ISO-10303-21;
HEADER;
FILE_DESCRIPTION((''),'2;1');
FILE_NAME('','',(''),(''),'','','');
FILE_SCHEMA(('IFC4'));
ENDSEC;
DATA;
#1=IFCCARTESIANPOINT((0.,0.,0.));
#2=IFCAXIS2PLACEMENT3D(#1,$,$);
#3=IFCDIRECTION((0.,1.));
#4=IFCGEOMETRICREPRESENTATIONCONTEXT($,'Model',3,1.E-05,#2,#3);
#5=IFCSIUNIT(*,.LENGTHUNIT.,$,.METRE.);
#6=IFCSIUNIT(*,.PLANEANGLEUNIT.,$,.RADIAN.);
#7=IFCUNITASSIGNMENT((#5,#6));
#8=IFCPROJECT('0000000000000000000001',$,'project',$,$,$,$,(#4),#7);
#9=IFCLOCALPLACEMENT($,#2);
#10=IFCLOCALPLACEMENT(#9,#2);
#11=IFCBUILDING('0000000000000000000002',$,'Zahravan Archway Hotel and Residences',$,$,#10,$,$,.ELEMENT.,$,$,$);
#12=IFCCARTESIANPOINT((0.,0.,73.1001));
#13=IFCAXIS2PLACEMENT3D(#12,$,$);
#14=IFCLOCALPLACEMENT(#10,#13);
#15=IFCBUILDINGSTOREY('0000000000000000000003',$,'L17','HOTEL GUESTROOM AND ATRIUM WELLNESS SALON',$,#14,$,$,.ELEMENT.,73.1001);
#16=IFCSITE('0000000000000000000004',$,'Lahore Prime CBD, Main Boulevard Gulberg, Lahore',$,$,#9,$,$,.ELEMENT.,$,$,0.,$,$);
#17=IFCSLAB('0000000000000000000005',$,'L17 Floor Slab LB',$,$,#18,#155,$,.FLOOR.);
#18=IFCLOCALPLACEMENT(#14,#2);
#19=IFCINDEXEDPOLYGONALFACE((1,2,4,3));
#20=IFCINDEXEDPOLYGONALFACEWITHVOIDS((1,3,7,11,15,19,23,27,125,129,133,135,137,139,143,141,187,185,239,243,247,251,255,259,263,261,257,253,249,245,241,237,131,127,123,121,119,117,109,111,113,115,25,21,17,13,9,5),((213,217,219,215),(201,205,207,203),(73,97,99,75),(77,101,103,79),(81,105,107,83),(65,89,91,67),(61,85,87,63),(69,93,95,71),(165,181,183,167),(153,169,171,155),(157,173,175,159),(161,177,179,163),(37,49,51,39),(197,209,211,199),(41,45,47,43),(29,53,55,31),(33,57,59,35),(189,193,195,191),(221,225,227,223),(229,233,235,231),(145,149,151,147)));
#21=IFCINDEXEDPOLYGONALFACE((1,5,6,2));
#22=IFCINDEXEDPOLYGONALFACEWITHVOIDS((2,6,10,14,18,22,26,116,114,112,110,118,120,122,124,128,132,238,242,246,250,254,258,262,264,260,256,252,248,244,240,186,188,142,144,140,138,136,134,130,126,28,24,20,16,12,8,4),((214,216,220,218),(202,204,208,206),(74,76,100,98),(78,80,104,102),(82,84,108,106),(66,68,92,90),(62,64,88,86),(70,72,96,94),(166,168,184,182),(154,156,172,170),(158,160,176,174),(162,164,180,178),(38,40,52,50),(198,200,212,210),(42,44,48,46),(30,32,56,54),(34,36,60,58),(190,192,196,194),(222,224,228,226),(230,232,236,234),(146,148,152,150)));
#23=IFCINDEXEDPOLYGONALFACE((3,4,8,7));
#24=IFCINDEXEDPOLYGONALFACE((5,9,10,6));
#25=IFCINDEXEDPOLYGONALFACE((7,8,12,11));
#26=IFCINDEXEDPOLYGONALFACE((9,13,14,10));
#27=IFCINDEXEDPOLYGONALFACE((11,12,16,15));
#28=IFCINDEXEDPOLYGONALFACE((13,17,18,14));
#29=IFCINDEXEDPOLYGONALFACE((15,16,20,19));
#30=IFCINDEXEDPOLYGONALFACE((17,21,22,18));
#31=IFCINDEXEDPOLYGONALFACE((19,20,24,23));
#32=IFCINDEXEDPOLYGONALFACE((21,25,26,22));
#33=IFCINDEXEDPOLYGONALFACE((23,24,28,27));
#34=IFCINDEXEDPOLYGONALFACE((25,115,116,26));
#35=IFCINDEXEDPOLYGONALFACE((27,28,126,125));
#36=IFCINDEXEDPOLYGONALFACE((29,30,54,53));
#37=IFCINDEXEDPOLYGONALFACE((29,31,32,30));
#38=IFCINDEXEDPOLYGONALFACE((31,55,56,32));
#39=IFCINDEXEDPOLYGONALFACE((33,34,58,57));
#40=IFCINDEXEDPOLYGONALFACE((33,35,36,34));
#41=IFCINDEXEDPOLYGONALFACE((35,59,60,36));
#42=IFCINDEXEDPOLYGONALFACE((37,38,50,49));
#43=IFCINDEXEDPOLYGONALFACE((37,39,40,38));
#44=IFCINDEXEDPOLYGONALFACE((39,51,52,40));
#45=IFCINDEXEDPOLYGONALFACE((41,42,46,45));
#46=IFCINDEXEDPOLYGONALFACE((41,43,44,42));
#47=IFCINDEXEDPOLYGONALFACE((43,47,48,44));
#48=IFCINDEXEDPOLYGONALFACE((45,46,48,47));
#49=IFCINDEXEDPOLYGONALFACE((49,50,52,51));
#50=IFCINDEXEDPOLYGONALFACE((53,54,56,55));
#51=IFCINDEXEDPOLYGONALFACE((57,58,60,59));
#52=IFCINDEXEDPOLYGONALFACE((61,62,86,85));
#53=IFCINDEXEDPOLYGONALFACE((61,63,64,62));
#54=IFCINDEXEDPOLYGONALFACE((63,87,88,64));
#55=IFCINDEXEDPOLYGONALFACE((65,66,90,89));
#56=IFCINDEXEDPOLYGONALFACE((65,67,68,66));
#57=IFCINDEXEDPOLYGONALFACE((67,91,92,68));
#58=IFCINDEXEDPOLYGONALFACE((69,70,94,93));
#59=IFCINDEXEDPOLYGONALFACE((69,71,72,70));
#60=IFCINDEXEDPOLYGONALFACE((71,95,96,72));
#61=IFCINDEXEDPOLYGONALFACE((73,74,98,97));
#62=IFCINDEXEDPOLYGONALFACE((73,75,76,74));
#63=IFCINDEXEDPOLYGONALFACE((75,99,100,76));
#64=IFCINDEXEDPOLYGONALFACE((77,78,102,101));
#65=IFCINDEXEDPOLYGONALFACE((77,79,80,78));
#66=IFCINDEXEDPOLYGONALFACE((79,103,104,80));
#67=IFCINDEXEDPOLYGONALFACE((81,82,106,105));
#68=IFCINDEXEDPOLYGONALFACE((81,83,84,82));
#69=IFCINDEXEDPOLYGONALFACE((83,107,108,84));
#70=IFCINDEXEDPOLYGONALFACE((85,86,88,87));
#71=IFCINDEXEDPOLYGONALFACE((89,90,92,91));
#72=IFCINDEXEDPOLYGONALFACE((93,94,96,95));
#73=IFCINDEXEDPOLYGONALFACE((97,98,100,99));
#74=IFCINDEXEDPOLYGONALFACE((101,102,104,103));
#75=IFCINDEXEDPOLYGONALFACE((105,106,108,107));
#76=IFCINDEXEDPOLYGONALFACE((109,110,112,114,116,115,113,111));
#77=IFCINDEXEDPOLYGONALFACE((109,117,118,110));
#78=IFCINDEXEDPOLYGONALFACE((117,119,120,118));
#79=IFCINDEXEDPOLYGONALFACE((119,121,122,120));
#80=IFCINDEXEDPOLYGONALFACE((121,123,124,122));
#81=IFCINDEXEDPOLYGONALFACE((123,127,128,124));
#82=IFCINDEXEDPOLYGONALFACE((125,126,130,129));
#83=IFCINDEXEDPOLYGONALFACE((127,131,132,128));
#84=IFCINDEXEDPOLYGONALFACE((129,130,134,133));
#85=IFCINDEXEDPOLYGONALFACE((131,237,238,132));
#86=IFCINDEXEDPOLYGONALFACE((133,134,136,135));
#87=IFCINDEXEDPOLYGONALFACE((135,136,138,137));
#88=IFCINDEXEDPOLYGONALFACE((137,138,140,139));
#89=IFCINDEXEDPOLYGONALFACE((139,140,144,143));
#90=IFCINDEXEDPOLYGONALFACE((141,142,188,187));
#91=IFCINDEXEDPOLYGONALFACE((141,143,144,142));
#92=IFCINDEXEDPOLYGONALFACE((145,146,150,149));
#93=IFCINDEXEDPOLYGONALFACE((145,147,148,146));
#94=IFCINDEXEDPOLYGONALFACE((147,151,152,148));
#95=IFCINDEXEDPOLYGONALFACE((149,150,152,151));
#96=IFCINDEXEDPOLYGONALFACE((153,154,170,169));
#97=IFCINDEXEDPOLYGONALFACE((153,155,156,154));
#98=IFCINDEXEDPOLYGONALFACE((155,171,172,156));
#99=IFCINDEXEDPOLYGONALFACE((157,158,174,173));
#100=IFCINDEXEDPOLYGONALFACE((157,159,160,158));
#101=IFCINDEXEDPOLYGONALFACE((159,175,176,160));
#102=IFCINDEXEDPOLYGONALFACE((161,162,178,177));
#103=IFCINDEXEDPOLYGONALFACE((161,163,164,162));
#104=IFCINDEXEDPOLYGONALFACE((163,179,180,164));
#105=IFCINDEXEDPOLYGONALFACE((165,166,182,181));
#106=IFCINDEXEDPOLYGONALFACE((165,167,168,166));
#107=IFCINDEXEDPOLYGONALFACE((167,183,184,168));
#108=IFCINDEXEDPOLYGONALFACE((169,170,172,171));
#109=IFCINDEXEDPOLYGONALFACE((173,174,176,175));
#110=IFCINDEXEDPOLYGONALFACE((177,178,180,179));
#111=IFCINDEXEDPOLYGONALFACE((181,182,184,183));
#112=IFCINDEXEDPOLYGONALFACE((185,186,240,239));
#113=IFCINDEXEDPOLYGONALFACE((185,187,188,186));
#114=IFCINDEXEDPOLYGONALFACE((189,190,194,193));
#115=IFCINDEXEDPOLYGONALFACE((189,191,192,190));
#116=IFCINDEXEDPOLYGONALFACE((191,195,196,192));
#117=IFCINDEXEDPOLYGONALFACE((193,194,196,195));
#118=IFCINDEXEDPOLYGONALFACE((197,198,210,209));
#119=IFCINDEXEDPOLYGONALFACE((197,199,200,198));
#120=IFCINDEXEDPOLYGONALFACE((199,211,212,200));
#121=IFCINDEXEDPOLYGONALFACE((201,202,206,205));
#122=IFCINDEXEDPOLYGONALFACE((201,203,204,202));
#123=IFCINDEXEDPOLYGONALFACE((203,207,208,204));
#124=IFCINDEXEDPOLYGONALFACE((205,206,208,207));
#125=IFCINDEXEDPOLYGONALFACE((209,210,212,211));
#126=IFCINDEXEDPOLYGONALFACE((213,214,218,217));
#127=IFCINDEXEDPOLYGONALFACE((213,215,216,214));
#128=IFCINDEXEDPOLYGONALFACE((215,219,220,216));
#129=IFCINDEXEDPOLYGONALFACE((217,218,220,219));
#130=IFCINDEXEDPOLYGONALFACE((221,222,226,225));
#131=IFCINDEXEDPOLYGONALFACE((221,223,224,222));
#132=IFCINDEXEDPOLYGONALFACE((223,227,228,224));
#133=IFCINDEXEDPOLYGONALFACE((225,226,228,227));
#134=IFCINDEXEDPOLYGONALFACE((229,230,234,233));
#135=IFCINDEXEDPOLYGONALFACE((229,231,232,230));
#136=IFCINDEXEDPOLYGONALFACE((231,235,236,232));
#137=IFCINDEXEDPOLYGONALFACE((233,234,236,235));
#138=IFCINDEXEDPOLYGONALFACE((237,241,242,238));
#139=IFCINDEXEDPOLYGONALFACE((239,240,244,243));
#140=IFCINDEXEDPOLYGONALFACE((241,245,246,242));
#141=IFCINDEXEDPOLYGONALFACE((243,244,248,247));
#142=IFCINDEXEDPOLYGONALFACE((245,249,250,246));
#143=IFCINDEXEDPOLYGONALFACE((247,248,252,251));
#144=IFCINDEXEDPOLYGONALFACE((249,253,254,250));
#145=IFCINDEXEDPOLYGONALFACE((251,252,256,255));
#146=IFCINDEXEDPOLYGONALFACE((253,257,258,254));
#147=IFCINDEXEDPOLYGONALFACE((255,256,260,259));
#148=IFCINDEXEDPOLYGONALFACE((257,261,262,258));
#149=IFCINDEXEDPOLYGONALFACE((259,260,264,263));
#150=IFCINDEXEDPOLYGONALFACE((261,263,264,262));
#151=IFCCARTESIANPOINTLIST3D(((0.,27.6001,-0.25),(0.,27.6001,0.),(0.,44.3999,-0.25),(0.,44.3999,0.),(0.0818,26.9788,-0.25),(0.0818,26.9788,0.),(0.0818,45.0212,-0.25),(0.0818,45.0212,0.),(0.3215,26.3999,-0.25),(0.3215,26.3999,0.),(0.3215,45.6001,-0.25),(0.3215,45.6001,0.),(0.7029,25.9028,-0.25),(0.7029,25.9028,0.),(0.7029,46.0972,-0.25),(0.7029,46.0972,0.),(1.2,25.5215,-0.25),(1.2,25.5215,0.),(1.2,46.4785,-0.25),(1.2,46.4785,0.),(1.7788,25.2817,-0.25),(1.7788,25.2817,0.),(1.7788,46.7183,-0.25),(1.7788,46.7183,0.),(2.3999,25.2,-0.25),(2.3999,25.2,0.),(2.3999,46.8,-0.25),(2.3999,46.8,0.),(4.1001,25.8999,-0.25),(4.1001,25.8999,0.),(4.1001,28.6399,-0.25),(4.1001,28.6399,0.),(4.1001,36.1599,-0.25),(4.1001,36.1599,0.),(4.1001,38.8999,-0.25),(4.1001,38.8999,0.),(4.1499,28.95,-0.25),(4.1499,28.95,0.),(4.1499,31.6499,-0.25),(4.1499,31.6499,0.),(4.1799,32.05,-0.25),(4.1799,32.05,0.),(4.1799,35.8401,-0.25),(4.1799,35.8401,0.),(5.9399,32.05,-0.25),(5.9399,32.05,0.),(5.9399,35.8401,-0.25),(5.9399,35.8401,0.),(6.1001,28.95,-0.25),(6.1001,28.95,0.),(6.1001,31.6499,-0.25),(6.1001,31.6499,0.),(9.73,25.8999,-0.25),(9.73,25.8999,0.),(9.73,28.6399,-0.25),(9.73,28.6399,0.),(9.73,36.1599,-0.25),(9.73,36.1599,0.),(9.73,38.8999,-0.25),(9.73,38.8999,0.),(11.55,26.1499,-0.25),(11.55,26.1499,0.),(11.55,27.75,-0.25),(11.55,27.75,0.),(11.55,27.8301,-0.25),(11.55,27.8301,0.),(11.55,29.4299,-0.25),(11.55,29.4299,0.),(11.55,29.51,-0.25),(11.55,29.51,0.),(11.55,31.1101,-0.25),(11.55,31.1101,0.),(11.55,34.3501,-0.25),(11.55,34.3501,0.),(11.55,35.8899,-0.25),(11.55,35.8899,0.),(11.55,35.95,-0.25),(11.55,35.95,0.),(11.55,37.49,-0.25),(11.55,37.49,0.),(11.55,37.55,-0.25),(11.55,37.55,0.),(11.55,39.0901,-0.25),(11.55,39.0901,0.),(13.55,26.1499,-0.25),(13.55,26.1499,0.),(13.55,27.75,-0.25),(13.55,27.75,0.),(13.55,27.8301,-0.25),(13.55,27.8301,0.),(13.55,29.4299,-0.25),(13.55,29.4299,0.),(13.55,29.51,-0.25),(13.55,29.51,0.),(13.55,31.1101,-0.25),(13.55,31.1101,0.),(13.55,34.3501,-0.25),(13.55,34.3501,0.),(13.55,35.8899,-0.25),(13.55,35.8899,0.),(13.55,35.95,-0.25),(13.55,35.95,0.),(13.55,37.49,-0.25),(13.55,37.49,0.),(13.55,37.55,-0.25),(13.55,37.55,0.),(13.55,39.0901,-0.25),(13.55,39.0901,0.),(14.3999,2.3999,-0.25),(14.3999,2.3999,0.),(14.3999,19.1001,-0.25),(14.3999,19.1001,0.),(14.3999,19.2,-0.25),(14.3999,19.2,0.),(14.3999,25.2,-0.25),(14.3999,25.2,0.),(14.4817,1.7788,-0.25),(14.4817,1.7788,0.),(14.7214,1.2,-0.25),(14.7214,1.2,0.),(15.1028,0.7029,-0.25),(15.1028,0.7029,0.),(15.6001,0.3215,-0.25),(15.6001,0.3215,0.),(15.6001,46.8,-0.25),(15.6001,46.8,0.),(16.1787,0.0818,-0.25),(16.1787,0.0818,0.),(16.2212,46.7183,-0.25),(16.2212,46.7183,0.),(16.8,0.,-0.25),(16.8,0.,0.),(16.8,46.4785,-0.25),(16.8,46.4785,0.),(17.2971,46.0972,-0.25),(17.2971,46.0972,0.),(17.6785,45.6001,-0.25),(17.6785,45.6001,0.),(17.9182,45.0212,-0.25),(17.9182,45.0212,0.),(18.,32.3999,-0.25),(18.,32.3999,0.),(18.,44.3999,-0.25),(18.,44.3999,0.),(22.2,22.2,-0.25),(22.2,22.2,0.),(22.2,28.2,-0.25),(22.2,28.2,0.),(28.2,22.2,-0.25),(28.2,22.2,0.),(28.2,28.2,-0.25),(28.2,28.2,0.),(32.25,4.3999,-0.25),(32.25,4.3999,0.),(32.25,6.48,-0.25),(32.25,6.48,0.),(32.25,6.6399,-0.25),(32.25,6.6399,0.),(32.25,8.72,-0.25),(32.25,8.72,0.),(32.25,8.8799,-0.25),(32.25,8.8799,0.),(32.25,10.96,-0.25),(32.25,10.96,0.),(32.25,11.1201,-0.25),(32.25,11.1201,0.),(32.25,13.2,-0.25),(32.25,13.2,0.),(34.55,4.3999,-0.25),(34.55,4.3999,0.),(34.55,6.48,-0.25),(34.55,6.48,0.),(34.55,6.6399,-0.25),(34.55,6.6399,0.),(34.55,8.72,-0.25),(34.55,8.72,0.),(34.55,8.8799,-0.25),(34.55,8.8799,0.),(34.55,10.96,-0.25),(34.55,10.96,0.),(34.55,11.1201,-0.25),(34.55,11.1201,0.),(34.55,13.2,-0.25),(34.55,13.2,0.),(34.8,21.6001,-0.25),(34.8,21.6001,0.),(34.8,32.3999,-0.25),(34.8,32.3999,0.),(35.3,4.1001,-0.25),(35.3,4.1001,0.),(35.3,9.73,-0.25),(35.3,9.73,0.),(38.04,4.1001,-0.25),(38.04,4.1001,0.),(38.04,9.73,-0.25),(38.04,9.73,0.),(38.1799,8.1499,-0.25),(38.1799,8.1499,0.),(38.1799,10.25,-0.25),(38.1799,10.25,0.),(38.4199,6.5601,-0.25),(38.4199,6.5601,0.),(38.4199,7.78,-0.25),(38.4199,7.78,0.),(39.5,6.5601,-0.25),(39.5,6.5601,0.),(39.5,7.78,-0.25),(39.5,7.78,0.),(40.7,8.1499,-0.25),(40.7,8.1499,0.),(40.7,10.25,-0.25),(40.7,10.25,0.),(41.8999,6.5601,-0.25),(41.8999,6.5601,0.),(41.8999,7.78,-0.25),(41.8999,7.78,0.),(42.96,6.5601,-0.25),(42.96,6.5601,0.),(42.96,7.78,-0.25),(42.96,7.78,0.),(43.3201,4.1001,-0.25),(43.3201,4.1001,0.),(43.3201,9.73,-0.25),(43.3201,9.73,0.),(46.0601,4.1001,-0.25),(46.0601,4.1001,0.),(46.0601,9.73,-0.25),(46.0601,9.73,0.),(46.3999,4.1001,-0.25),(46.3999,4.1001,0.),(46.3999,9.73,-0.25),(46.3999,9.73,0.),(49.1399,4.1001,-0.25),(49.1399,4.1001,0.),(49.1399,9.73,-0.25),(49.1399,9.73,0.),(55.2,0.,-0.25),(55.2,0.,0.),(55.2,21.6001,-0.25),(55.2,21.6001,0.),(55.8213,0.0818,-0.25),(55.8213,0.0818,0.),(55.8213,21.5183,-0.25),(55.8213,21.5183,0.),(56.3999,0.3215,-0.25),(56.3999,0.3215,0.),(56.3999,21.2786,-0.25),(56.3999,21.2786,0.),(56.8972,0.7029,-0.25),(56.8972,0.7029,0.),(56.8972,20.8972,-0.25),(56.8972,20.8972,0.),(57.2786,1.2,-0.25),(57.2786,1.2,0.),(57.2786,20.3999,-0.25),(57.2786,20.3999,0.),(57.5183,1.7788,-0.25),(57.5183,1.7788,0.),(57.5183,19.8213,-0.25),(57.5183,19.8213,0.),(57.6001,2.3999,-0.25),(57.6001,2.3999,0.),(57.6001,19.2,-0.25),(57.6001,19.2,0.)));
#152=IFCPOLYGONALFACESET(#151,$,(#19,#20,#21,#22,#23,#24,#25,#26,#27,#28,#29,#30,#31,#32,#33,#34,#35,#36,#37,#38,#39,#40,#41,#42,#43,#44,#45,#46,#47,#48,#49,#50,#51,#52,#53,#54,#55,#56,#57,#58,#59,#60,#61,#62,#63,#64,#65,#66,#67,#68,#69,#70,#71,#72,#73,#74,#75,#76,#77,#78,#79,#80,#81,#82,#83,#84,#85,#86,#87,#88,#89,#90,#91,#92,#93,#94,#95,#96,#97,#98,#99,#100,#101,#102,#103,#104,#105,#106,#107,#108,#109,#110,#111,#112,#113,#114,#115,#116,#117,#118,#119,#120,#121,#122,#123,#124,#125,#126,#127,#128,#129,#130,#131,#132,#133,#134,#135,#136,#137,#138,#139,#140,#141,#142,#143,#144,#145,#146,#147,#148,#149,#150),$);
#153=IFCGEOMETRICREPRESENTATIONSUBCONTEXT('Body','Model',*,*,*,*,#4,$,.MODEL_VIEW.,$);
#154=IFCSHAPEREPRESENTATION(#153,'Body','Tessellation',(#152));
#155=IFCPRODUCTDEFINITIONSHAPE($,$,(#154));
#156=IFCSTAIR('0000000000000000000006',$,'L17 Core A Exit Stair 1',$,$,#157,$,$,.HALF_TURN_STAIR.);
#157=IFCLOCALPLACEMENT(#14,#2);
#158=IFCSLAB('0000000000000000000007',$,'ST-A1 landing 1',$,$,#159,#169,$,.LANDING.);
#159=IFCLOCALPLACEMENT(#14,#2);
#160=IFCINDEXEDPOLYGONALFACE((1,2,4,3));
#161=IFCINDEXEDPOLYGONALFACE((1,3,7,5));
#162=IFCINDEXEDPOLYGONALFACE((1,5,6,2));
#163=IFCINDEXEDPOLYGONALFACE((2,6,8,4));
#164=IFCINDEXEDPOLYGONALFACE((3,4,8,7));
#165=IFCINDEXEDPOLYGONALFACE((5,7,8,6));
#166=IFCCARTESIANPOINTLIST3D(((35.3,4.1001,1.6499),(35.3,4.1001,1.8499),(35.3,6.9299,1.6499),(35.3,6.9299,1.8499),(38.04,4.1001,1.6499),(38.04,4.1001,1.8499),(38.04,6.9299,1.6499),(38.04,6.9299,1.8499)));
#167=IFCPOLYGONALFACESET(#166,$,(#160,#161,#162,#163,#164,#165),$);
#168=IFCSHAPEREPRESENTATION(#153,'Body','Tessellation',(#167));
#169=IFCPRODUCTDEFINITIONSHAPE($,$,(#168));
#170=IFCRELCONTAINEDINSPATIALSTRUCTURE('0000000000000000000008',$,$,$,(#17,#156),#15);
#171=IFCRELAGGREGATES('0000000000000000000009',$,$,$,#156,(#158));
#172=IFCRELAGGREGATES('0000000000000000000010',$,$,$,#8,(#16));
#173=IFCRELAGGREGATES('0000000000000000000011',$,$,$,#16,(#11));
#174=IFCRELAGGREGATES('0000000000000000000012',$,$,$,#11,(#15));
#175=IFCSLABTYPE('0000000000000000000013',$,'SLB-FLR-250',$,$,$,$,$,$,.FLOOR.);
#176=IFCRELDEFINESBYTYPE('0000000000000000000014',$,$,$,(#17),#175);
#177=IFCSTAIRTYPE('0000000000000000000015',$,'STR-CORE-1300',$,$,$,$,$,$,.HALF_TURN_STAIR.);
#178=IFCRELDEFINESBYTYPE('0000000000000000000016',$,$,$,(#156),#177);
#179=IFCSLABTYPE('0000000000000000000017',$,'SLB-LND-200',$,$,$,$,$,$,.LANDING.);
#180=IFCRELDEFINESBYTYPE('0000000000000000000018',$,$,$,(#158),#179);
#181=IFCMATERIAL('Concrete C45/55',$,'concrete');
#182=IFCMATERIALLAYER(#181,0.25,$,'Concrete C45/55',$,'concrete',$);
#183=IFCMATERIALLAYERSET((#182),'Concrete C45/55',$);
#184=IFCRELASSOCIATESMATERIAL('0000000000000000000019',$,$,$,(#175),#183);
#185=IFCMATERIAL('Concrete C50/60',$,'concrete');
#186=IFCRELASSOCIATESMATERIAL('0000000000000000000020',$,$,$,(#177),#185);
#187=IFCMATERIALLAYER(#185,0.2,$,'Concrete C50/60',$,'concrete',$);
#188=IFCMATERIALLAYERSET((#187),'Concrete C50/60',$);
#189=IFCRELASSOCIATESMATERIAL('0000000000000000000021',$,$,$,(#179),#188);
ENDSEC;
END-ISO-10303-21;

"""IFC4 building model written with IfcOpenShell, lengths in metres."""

from ifc_helpers import new_model, si_unit, direction, frame, origin, place, context, subcontext, project, spatial, polyline, outline, extrude, material, layer, layer_set, type_object, element, aggregate, save


model = new_model("IFC4")

# Units and contexts
model_context = context("Model", 3, precision=1e-05, world=origin(), true_north=direction((0.0, 1.0)))
body_context = subcontext(model_context, "Body", "Model", "MODEL_VIEW")
ifc_project = project(units=[si_unit("LENGTHUNIT", "METRE"), si_unit("PLANEANGLEUNIT", "RADIAN")], contexts=[model_context])

# Site, building, storey
site_placement = place(None, origin())
site = spatial("IfcSite", under=ifc_project, at=site_placement, Name="Lahore Prime CBD, Main Boulevard Gulberg, Lahore", CompositionType="ELEMENT", RefElevation=0.0)
building_placement = place(site_placement, origin())
building = spatial("IfcBuilding", under=site, at=building_placement, Name="Zahravan Archway Hotel and Residences", CompositionType="ELEMENT")
storey_placement = place(building_placement, frame((0.0, 0.0, 73.1001)))
storey = spatial("IfcBuildingStorey", under=building, at=storey_placement, Name="L17", Description="HOTEL GUESTROOM AND ATRIUM WELLNESS SALON", CompositionType="ELEMENT", Elevation=73.1001)

# Slab
ifc_material_1 = material(Name="Concrete C45/55", Category="concrete")
ifc_layer_1 = layer(ifc_material_1, 0.25, Name="Concrete C45/55", Category="concrete")
ifc_layer_set_1 = layer_set([ifc_layer_1], Name="Concrete C45/55")
slab_type_1 = type_object("IfcSlabType", Name="SLB-FLR-250", PredefinedType="FLOOR", material=ifc_layer_set_1)
slab_1_placement = place(storey_placement, frame((0.0, 0.0, -0.25)))
element("IfcSlab", 1, at=slab_1_placement, inside=storey, type_object=slab_type_1, Name="L17 Floor Slab LB", PredefinedType="FLOOR", context=body_context, shape_type="SweptSolid", body=[
    extrude(outline(polyline([(34.8, 21.6001), (34.8, 32.3999), (18.0, 32.3999), (18.0, 44.3999), (17.9182, 45.0212), (17.6785, 45.6001), (17.2971, 46.0972), (16.8, 46.4785), (16.2212, 46.7183), (15.6001, 46.8), (2.3999, 46.8), (1.7788, 46.7183), (1.2, 46.4785), (0.7029, 46.0972), (0.3215, 45.6001), (0.0818, 45.0212), (0.0, 44.3999), (0.0, 27.6001), (0.0818, 26.9788), (0.3215, 26.3999), (0.7029, 25.9028), (1.2, 25.5215), (1.7788, 25.2817), (2.3999, 25.2), (14.3999, 25.2), (14.3999, 19.2), (14.3999, 19.1001), (14.3999, 2.3999), (14.4817, 1.7788), (14.7214, 1.2), (15.1028, 0.7029), (15.6001, 0.3215), (16.1787, 0.0818), (16.8, 0.0), (55.2, 0.0), (55.8213, 0.0818), (56.3999, 0.3215), (56.8972, 0.7029), (57.2786, 1.2), (57.5183, 1.7788), (57.6001, 2.3999), (57.6001, 19.2), (57.5183, 19.8213), (57.2786, 20.3999), (56.8972, 20.8972), (56.3999, 21.2786), (55.8213, 21.5183), (55.2, 21.6001), (34.8, 21.6001)]), holes=[polyline([(35.3, 9.73), (35.3, 4.1001), (38.04, 4.1001), (38.04, 9.73), (35.3, 9.73)]), polyline([(43.3201, 9.73), (43.3201, 4.1001), (46.0601, 4.1001), (46.0601, 9.73), (43.3201, 9.73)]), polyline([(46.3999, 9.73), (46.3999, 4.1001), (49.1399, 4.1001), (49.1399, 9.73), (46.3999, 9.73)]), polyline([(9.73, 28.6399), (4.1001, 28.6399), (4.1001, 25.8999), (9.73, 25.8999), (9.73, 28.6399)]), polyline([(9.73, 38.8999), (4.1001, 38.8999), (4.1001, 36.1599), (9.73, 36.1599), (9.73, 38.8999)]), polyline([(38.1799, 8.1499), (40.7, 8.1499), (40.7, 10.25), (38.1799, 10.25), (38.1799, 8.1499)]), polyline([(4.1499, 28.95), (6.1001, 28.95), (6.1001, 31.6499), (4.1499, 31.6499), (4.1499, 28.95)]), polyline([(11.55, 26.1499), (13.55, 26.1499), (13.55, 27.75), (11.55, 27.75), (11.55, 26.1499)]), polyline([(11.55, 27.8301), (13.55, 27.8301), (13.55, 29.4299), (11.55, 29.4299), (11.55, 27.8301)]), polyline([(11.55, 29.51), (13.55, 29.51), (13.55, 31.1101), (11.55, 31.1101), (11.55, 29.51)]), polyline([(11.55, 34.3501), (13.55, 34.3501), (13.55, 35.8899), (11.55, 35.8899), (11.55, 34.3501)]), polyline([(11.55, 35.95), (13.55, 35.95), (13.55, 37.49), (11.55, 37.49), (11.55, 35.95)]), polyline([(11.55, 37.55), (13.55, 37.55), (13.55, 39.0901), (11.55, 39.0901), (11.55, 37.55)]), polyline([(32.25, 4.3999), (34.55, 4.3999), (34.55, 6.48), (32.25, 6.48), (32.25, 4.3999)]), polyline([(32.25, 6.6399), (34.55, 6.6399), (34.55, 8.72), (32.25, 8.72), (32.25, 6.6399)]), polyline([(32.25, 8.8799), (34.55, 8.8799), (34.55, 10.96), (32.25, 10.96), (32.25, 8.8799)]), polyline([(32.25, 11.1201), (34.55, 11.1201), (34.55, 13.2), (32.25, 13.2), (32.25, 11.1201)]), polyline([(22.2, 22.2), (28.2, 22.2), (28.2, 28.2), (22.2, 28.2), (22.2, 22.2)]), polyline([(38.4199, 6.5601), (39.5, 6.5601), (39.5, 7.78), (38.4199, 7.78), (38.4199, 6.5601)]), polyline([(41.8999, 6.5601), (42.96, 6.5601), (42.96, 7.78), (41.8999, 7.78), (41.8999, 6.5601)]), polyline([(4.1799, 32.05), (5.9399, 32.05), (5.9399, 35.8401), (4.1799, 35.8401), (4.1799, 32.05)])]), origin(), (0.0, 0.0, 1.0), 0.25),
])

# Stair, slab
ifc_material_2 = material(Name="Concrete C50/60", Category="concrete")
stair_type = type_object("IfcStairType", Name="STR-CORE-1300", PredefinedType="HALF_TURN_STAIR", material=ifc_material_2)
stair_1_placement = place(storey_placement, origin())
stair_1 = element("IfcStair", 2, at=stair_1_placement, inside=storey, type_object=stair_type, Name="L17 Core A Exit Stair 1", PredefinedType="HALF_TURN_STAIR")
ifc_layer_2 = layer(ifc_material_2, 0.2, Name="Concrete C50/60", Category="concrete")
ifc_layer_set_2 = layer_set([ifc_layer_2], Name="Concrete C50/60")
slab_type_2 = type_object("IfcSlabType", Name="SLB-LND-200", PredefinedType="LANDING", material=ifc_layer_set_2)
slab_2_placement = place(storey_placement, frame((0.0, 0.0, 1.6499)))
slab_2 = element("IfcSlab", 3, at=slab_2_placement, type_object=slab_type_2, Name="ST-A1 landing 1", PredefinedType="LANDING", context=body_context, shape_type="SweptSolid", body=[
    extrude(outline(polyline([(35.3, 6.9299), (35.3, 4.1001), (38.04, 4.1001), (38.04, 6.9299), (35.3, 6.9299)])), origin(), (0.0, 0.0, 1.0), 0.2),
])
aggregate(stair_1, [slab_2])

save(model, "model.ifc")
